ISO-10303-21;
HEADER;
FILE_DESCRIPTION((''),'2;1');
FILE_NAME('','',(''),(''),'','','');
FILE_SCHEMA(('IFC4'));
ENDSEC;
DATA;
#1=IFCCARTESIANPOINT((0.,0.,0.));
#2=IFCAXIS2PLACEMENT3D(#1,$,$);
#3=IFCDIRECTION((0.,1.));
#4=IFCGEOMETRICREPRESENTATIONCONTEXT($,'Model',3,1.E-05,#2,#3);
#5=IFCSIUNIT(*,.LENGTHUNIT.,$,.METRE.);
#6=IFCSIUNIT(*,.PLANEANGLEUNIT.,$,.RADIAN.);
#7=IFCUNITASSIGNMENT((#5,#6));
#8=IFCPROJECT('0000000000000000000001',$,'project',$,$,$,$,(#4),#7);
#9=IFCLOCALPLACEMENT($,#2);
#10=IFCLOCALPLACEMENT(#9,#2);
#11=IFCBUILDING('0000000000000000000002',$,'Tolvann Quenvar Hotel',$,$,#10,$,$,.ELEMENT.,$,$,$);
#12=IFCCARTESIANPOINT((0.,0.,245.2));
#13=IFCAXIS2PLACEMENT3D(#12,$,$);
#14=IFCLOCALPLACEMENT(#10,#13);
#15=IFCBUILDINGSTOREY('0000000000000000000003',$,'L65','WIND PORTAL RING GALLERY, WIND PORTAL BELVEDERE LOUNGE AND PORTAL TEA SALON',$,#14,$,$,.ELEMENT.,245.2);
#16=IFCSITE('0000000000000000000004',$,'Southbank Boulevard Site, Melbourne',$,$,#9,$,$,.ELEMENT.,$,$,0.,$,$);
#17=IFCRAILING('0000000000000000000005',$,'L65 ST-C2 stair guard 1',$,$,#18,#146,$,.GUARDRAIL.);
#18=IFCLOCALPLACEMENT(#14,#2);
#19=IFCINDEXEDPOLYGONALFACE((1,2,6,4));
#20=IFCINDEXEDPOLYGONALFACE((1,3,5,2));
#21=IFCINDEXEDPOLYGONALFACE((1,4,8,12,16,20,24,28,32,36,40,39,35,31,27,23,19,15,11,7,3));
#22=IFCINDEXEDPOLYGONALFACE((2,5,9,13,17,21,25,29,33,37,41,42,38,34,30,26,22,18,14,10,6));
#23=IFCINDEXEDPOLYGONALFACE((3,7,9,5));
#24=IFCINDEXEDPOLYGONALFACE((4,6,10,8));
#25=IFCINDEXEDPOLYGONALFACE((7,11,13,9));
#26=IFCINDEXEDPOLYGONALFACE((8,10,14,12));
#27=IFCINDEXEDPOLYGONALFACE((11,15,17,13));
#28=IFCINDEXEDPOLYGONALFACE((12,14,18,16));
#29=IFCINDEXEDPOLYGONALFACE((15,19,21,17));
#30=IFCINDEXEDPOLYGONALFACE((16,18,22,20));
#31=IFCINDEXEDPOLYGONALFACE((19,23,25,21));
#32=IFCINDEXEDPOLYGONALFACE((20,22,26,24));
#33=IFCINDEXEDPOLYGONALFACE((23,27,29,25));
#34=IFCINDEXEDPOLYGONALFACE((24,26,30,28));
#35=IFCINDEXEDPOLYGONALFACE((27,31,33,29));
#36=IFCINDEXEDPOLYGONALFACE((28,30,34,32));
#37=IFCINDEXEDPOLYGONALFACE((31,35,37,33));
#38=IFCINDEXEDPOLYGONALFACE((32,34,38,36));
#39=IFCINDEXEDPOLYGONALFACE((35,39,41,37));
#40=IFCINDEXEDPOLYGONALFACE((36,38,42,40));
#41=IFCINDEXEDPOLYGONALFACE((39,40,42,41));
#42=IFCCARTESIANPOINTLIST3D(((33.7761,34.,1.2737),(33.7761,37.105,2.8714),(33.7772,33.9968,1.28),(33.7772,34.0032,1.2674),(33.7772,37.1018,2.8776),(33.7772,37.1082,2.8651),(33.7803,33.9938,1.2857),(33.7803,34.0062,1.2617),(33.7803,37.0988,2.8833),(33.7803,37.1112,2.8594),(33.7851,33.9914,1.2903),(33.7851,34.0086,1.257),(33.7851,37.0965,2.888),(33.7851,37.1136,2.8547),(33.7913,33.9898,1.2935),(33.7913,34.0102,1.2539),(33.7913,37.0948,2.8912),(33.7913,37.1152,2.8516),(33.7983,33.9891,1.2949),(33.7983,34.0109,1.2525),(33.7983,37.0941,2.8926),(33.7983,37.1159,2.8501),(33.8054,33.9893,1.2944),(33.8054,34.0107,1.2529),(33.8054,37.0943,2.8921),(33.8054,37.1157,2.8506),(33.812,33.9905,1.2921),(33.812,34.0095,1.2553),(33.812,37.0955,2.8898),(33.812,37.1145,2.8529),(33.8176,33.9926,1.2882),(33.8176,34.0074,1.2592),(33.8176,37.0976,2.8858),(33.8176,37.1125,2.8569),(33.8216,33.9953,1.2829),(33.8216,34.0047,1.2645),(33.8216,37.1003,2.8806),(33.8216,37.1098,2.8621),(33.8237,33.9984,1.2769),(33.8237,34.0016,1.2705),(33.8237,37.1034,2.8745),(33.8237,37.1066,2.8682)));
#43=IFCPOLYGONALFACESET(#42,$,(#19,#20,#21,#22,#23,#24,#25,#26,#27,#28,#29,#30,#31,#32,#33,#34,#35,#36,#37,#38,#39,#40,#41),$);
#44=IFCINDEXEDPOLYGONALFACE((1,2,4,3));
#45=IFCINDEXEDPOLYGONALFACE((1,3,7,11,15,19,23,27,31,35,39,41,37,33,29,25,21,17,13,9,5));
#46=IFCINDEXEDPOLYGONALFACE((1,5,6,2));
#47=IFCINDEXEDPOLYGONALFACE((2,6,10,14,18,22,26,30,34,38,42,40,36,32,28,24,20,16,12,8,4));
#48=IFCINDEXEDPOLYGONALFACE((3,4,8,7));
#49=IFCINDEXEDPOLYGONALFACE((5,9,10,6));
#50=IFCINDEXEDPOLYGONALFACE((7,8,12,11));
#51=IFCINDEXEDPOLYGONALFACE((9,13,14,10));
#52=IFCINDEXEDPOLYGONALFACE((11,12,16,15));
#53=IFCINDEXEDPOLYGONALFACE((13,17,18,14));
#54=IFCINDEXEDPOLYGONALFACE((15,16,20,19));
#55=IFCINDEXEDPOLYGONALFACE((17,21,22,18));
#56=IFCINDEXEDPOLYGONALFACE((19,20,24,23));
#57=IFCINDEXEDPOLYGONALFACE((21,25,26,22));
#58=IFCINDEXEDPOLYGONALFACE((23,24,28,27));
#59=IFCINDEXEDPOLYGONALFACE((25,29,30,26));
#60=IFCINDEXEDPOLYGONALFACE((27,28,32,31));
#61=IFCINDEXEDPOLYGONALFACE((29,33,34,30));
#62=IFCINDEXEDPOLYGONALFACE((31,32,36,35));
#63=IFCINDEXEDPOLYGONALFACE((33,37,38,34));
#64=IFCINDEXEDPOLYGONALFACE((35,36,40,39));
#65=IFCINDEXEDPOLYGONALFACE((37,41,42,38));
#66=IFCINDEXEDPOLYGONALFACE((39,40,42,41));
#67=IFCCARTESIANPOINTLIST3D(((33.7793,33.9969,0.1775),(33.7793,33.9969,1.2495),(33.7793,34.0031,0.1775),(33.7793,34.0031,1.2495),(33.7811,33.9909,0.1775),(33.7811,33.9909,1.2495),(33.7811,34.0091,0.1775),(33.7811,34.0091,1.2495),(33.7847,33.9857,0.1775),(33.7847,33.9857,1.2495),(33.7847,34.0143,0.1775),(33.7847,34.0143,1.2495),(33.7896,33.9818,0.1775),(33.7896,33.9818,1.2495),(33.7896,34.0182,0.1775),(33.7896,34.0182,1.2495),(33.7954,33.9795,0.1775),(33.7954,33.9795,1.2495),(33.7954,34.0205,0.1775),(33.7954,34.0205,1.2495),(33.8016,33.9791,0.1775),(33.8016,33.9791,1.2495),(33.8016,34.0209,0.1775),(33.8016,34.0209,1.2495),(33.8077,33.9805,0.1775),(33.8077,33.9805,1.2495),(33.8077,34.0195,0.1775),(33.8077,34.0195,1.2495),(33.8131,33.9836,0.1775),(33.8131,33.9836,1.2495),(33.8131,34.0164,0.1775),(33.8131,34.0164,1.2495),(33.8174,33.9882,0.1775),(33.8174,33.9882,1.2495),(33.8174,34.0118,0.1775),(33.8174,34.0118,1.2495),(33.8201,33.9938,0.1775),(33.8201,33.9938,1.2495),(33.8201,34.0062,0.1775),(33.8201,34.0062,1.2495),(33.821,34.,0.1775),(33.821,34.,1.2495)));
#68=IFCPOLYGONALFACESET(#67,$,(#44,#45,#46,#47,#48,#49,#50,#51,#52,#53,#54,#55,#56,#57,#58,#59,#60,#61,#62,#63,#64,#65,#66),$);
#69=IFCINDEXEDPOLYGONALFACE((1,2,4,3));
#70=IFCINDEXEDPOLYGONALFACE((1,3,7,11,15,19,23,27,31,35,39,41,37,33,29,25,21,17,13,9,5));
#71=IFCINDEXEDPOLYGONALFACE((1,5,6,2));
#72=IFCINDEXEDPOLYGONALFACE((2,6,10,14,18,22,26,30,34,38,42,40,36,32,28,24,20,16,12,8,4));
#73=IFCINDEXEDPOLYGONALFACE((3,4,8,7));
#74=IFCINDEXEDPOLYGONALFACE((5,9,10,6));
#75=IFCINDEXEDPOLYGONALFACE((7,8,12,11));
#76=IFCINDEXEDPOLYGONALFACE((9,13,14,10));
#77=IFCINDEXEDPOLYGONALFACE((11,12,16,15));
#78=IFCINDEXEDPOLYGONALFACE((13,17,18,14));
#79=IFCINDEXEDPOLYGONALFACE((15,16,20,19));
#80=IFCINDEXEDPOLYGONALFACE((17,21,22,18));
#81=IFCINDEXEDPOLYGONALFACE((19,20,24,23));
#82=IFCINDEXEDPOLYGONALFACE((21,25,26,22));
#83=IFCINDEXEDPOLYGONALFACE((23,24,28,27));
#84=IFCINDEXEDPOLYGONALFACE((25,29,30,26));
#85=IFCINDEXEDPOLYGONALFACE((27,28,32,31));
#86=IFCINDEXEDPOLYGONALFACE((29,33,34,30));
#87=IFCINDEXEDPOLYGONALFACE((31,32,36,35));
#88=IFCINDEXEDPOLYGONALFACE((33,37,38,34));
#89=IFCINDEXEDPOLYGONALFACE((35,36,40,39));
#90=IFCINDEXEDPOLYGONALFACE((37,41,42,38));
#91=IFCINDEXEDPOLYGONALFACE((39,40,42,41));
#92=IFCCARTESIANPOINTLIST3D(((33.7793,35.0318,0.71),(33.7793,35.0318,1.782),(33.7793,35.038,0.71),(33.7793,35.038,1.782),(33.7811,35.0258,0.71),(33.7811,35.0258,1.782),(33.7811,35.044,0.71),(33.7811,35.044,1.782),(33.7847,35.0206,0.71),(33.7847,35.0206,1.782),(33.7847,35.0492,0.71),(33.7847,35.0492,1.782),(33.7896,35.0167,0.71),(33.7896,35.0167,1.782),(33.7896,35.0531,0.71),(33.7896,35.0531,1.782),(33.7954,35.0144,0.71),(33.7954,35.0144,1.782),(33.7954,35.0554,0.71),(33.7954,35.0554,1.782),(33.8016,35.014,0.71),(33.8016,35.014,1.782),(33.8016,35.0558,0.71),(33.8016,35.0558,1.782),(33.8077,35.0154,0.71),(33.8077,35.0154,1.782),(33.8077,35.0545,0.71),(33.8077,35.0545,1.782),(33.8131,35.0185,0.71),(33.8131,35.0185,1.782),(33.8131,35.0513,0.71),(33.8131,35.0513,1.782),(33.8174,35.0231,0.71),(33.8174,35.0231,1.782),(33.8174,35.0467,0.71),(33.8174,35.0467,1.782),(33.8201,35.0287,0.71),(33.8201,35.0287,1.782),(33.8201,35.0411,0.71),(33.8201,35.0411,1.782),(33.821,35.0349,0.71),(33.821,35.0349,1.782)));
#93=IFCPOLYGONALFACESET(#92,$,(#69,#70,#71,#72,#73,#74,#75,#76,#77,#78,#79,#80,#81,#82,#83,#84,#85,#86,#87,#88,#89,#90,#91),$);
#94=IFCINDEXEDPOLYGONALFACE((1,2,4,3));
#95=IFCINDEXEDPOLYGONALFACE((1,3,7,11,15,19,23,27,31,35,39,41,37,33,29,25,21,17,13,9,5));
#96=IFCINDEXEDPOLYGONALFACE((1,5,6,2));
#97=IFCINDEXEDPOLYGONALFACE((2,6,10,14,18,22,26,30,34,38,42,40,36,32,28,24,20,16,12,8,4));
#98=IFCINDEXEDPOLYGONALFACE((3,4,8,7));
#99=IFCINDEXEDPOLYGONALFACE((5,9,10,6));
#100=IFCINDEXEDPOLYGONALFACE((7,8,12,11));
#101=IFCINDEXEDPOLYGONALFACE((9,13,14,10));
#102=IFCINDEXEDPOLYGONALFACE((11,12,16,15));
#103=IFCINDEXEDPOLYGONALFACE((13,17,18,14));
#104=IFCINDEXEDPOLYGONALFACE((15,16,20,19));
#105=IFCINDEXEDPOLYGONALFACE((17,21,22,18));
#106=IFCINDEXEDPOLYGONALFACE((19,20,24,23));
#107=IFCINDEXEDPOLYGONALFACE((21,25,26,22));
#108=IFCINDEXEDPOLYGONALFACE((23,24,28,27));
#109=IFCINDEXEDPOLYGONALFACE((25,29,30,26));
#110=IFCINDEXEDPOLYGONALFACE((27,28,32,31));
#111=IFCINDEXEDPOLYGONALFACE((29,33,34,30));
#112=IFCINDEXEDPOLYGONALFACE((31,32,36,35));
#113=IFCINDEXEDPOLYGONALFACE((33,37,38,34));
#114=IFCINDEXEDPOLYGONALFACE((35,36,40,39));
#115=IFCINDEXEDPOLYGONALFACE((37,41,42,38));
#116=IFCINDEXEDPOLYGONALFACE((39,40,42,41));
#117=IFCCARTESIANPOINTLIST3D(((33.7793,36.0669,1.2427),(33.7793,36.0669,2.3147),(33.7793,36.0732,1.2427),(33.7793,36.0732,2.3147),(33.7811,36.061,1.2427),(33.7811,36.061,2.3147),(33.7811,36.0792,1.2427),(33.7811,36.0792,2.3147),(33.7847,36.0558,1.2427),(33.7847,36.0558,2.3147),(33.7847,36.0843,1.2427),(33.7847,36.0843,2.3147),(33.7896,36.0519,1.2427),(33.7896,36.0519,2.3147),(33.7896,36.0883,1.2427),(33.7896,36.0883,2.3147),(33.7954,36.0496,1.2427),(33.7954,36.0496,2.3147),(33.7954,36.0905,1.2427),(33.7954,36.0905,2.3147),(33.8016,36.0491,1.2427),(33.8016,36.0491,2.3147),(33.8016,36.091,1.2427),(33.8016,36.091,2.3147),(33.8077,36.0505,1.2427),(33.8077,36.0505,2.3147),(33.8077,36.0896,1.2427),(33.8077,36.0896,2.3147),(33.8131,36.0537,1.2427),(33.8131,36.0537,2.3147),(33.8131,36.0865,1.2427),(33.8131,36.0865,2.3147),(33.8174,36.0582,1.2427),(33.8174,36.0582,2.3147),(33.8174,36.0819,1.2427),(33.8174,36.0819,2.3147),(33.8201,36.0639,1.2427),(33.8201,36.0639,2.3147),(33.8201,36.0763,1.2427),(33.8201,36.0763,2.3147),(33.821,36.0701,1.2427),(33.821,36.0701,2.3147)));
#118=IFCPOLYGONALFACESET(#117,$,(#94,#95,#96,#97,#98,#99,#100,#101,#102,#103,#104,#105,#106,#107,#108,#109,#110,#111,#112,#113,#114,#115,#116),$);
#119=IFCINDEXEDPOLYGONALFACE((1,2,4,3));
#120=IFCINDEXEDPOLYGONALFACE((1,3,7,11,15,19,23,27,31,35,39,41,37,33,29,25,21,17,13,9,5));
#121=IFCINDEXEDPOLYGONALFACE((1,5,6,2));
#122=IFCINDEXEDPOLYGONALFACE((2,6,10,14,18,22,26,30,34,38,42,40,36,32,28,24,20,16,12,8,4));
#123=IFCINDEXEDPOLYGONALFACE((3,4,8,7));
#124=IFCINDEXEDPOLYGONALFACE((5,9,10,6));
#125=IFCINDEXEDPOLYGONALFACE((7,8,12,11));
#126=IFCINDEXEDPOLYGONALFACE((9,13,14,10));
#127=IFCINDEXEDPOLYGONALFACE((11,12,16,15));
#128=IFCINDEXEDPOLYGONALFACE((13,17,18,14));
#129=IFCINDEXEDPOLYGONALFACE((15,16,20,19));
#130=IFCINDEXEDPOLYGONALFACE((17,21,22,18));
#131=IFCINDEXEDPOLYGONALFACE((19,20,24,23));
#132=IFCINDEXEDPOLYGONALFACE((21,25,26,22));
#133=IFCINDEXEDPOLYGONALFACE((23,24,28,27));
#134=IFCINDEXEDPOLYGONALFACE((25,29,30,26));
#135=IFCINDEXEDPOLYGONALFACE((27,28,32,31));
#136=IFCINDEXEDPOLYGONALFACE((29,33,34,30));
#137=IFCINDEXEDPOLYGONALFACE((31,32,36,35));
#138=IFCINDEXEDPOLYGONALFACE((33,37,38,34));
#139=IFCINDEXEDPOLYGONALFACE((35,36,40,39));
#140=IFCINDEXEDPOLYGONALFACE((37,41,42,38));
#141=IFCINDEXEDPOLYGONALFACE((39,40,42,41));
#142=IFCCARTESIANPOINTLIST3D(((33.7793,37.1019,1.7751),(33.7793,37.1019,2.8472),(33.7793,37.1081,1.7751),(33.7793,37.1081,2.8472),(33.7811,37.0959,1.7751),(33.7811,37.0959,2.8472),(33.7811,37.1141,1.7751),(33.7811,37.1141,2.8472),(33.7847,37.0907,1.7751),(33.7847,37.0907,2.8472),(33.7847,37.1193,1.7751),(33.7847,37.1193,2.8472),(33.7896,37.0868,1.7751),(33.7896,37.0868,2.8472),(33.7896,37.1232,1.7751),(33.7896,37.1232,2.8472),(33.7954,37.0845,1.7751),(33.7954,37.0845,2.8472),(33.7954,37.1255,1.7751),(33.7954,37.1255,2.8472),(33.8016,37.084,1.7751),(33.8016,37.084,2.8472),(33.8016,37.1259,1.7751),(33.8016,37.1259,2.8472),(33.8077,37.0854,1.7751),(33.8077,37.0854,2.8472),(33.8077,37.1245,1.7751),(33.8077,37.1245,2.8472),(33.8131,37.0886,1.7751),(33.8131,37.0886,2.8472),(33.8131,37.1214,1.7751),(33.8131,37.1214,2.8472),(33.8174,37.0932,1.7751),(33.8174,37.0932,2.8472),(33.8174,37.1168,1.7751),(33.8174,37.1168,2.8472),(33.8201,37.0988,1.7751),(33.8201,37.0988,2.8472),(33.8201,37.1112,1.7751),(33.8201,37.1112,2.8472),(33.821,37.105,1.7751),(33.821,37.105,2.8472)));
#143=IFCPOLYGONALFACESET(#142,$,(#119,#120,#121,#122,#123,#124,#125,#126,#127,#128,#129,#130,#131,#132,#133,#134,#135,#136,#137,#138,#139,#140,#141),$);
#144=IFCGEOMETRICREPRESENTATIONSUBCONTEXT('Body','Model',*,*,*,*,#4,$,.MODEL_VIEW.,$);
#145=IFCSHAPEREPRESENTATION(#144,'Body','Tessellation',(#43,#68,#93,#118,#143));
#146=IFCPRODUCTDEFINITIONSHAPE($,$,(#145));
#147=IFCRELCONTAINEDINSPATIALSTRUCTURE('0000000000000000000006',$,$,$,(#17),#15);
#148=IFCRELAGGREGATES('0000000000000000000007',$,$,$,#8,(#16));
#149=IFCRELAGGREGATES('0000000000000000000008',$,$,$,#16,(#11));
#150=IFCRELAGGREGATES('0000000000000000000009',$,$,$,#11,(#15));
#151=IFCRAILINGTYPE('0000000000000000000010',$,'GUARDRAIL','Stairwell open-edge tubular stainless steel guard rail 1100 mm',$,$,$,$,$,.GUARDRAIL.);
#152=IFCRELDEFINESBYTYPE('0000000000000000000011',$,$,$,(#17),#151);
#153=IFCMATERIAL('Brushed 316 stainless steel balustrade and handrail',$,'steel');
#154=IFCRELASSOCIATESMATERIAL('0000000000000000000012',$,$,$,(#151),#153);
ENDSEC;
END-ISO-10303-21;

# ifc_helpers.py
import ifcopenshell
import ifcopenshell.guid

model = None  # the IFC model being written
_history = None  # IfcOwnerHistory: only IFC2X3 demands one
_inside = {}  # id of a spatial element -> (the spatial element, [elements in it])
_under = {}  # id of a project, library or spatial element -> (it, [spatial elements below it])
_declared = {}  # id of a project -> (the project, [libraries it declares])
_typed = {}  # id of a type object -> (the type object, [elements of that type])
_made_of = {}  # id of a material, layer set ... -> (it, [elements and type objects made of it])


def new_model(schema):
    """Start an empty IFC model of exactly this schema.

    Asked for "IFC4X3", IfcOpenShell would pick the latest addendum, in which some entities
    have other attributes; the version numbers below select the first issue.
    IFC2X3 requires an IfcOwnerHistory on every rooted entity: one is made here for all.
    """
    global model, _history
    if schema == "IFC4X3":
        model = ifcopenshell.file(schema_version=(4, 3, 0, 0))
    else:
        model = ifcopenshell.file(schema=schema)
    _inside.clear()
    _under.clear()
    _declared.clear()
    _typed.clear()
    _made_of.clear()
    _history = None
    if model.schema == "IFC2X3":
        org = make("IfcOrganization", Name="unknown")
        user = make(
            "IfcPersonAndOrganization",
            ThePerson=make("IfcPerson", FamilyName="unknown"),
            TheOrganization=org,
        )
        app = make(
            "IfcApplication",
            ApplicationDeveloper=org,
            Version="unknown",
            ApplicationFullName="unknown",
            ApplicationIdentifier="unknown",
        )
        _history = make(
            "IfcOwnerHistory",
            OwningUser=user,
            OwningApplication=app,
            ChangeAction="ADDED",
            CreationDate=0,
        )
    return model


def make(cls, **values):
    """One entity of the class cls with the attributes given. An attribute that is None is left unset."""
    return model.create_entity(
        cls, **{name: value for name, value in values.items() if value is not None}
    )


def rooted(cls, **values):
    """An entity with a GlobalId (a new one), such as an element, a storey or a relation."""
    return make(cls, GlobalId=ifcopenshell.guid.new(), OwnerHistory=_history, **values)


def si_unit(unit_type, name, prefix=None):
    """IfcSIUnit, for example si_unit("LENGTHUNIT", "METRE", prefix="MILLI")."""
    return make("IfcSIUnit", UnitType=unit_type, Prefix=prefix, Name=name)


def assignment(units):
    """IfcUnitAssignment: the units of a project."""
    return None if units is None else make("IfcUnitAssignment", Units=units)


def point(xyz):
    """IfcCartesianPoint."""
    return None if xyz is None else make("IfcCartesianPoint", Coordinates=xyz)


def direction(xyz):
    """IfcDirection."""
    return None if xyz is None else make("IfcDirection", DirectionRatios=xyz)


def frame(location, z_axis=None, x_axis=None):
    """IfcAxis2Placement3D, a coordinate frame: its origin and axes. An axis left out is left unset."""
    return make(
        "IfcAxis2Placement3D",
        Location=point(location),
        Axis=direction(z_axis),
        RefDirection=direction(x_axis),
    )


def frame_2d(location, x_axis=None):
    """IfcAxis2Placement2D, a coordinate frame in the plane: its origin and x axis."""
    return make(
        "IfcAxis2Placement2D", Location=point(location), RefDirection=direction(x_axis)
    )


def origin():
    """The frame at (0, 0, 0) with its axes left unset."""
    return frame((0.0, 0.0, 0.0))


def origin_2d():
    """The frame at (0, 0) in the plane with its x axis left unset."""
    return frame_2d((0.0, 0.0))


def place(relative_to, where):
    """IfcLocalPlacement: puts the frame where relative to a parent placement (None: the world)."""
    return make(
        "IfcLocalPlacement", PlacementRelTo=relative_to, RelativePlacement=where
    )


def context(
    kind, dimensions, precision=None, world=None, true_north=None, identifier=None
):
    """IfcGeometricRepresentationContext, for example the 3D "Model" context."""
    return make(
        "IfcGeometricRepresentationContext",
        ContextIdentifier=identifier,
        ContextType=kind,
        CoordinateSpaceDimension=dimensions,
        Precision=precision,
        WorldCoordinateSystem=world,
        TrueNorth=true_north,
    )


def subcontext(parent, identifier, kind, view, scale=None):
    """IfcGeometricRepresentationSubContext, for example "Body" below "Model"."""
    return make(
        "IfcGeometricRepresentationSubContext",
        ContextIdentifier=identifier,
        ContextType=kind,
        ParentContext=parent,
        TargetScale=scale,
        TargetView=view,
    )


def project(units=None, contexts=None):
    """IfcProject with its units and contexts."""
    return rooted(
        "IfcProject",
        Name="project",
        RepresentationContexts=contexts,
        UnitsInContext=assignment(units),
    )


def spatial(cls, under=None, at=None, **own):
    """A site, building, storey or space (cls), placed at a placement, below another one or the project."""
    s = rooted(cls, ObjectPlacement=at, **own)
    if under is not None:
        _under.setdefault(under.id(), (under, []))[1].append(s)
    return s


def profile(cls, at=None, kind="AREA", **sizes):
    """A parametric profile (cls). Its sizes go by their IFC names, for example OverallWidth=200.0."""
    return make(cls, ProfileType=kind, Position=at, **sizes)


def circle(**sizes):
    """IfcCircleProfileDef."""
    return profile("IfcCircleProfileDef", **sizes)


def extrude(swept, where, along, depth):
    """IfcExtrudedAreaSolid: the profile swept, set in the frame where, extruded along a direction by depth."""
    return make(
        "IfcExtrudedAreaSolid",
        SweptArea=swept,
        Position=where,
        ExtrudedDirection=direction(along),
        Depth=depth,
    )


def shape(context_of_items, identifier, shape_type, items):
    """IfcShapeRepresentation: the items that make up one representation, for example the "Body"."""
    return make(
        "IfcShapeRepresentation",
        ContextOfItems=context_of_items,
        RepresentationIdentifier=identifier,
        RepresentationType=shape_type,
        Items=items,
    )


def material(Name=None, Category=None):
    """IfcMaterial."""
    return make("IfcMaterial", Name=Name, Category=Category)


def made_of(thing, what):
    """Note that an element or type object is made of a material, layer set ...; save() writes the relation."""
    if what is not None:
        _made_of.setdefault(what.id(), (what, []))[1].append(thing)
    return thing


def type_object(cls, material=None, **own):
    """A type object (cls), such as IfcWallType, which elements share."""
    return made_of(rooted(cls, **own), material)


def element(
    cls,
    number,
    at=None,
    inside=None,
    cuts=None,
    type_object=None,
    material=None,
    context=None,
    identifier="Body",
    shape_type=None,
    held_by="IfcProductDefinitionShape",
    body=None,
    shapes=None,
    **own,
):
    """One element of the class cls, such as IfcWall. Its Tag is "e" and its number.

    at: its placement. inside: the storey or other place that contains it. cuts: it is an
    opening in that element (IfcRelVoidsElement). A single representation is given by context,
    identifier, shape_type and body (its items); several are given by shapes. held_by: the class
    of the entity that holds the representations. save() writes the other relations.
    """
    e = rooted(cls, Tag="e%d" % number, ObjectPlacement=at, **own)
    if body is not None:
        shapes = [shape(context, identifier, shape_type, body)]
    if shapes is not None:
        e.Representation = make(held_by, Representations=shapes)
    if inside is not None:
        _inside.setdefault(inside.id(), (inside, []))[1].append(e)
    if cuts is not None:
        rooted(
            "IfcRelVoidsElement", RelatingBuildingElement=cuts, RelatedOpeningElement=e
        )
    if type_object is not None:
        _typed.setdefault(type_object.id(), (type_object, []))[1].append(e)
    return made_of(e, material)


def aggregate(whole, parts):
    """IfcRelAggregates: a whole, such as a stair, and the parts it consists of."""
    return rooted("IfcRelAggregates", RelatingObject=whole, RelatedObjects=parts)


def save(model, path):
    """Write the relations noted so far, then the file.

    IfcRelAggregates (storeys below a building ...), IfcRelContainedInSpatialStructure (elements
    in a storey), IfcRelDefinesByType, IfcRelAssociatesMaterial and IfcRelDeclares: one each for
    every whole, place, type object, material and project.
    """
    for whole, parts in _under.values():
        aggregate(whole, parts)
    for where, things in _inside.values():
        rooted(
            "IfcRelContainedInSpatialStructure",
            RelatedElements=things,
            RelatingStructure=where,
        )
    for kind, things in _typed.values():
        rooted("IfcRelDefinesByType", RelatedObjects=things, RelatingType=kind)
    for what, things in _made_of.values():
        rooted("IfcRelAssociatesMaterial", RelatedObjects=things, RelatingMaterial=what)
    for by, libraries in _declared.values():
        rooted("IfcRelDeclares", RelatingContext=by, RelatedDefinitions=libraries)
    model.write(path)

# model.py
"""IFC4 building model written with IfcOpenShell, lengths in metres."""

from ifc_helpers import new_model, si_unit, direction, frame, origin, origin_2d, place, context, subcontext, project, spatial, circle, extrude, material, type_object, element, save


model = new_model("IFC4")

# Units and contexts
model_context = context("Model", 3, precision=1e-05, world=origin(), true_north=direction((0.0, 1.0)))
body_context = subcontext(model_context, "Body", "Model", "MODEL_VIEW")
ifc_project = project(units=[si_unit("LENGTHUNIT", "METRE"), si_unit("PLANEANGLEUNIT", "RADIAN")], contexts=[model_context])

# Site, building, storey
site_placement = place(None, origin())
site = spatial("IfcSite", under=ifc_project, at=site_placement, Name="Southbank Boulevard Site, Melbourne", CompositionType="ELEMENT", RefElevation=0.0)
building_placement = place(site_placement, origin())
building = spatial("IfcBuilding", under=site, at=building_placement, Name="Tolvann Quenvar Hotel", CompositionType="ELEMENT")
storey_placement = place(building_placement, frame((0.0, 0.0, 245.2)))
storey = spatial("IfcBuildingStorey", under=building, at=storey_placement, Name="L65", Description="WIND PORTAL RING GALLERY, WIND PORTAL BELVEDERE LOUNGE AND PORTAL TEA SALON", CompositionType="ELEMENT", Elevation=245.2)

# Railing
ifc_material_1 = material(Name="Brushed 316 stainless steel balustrade and handrail", Category="steel")
railing_type_1 = type_object("IfcRailingType", Name="GUARDRAIL", Description="Stairwell open-edge tubular stainless steel guard rail 1100 mm", PredefinedType="GUARDRAIL", material=ifc_material_1)
railing_1_placement = place(storey_placement, frame((33.8, 34.0, 0.1775)))
element("IfcRailing", 1, at=railing_1_placement, inside=storey, type_object=railing_type_1, Name="L65 ST-C2 stair guard 1", PredefinedType="GUARDRAIL", context=body_context, shape_type="SweptSolid", body=[
    extrude(circle(Radius=0.0239, at=origin_2d()), frame((0.0, 0.0, 1.0962), z_axis=(0.0, 0.889194, 0.457531), x_axis=(-1.0, 0.0, 0.0)), (0.0, 0.0, 1.0), 3.4919),
    extrude(circle(Radius=0.021, at=origin_2d()), origin(), (0.0, 0.0, 1.0), 1.072),
    extrude(circle(Radius=0.021, at=origin_2d()), frame((0.0, 1.0349, 0.5325)), (0.0, 0.0, 1.0), 1.072),
    extrude(circle(Radius=0.021, at=origin_2d()), frame((0.0, 2.0701, 1.0652)), (0.0, 0.0, 1.0), 1.072),
    extrude(circle(Radius=0.021, at=origin_2d()), frame((0.0, 3.105, 1.5977)), (0.0, 0.0, 1.0), 1.072),
])

save(model, "model.ifc")
